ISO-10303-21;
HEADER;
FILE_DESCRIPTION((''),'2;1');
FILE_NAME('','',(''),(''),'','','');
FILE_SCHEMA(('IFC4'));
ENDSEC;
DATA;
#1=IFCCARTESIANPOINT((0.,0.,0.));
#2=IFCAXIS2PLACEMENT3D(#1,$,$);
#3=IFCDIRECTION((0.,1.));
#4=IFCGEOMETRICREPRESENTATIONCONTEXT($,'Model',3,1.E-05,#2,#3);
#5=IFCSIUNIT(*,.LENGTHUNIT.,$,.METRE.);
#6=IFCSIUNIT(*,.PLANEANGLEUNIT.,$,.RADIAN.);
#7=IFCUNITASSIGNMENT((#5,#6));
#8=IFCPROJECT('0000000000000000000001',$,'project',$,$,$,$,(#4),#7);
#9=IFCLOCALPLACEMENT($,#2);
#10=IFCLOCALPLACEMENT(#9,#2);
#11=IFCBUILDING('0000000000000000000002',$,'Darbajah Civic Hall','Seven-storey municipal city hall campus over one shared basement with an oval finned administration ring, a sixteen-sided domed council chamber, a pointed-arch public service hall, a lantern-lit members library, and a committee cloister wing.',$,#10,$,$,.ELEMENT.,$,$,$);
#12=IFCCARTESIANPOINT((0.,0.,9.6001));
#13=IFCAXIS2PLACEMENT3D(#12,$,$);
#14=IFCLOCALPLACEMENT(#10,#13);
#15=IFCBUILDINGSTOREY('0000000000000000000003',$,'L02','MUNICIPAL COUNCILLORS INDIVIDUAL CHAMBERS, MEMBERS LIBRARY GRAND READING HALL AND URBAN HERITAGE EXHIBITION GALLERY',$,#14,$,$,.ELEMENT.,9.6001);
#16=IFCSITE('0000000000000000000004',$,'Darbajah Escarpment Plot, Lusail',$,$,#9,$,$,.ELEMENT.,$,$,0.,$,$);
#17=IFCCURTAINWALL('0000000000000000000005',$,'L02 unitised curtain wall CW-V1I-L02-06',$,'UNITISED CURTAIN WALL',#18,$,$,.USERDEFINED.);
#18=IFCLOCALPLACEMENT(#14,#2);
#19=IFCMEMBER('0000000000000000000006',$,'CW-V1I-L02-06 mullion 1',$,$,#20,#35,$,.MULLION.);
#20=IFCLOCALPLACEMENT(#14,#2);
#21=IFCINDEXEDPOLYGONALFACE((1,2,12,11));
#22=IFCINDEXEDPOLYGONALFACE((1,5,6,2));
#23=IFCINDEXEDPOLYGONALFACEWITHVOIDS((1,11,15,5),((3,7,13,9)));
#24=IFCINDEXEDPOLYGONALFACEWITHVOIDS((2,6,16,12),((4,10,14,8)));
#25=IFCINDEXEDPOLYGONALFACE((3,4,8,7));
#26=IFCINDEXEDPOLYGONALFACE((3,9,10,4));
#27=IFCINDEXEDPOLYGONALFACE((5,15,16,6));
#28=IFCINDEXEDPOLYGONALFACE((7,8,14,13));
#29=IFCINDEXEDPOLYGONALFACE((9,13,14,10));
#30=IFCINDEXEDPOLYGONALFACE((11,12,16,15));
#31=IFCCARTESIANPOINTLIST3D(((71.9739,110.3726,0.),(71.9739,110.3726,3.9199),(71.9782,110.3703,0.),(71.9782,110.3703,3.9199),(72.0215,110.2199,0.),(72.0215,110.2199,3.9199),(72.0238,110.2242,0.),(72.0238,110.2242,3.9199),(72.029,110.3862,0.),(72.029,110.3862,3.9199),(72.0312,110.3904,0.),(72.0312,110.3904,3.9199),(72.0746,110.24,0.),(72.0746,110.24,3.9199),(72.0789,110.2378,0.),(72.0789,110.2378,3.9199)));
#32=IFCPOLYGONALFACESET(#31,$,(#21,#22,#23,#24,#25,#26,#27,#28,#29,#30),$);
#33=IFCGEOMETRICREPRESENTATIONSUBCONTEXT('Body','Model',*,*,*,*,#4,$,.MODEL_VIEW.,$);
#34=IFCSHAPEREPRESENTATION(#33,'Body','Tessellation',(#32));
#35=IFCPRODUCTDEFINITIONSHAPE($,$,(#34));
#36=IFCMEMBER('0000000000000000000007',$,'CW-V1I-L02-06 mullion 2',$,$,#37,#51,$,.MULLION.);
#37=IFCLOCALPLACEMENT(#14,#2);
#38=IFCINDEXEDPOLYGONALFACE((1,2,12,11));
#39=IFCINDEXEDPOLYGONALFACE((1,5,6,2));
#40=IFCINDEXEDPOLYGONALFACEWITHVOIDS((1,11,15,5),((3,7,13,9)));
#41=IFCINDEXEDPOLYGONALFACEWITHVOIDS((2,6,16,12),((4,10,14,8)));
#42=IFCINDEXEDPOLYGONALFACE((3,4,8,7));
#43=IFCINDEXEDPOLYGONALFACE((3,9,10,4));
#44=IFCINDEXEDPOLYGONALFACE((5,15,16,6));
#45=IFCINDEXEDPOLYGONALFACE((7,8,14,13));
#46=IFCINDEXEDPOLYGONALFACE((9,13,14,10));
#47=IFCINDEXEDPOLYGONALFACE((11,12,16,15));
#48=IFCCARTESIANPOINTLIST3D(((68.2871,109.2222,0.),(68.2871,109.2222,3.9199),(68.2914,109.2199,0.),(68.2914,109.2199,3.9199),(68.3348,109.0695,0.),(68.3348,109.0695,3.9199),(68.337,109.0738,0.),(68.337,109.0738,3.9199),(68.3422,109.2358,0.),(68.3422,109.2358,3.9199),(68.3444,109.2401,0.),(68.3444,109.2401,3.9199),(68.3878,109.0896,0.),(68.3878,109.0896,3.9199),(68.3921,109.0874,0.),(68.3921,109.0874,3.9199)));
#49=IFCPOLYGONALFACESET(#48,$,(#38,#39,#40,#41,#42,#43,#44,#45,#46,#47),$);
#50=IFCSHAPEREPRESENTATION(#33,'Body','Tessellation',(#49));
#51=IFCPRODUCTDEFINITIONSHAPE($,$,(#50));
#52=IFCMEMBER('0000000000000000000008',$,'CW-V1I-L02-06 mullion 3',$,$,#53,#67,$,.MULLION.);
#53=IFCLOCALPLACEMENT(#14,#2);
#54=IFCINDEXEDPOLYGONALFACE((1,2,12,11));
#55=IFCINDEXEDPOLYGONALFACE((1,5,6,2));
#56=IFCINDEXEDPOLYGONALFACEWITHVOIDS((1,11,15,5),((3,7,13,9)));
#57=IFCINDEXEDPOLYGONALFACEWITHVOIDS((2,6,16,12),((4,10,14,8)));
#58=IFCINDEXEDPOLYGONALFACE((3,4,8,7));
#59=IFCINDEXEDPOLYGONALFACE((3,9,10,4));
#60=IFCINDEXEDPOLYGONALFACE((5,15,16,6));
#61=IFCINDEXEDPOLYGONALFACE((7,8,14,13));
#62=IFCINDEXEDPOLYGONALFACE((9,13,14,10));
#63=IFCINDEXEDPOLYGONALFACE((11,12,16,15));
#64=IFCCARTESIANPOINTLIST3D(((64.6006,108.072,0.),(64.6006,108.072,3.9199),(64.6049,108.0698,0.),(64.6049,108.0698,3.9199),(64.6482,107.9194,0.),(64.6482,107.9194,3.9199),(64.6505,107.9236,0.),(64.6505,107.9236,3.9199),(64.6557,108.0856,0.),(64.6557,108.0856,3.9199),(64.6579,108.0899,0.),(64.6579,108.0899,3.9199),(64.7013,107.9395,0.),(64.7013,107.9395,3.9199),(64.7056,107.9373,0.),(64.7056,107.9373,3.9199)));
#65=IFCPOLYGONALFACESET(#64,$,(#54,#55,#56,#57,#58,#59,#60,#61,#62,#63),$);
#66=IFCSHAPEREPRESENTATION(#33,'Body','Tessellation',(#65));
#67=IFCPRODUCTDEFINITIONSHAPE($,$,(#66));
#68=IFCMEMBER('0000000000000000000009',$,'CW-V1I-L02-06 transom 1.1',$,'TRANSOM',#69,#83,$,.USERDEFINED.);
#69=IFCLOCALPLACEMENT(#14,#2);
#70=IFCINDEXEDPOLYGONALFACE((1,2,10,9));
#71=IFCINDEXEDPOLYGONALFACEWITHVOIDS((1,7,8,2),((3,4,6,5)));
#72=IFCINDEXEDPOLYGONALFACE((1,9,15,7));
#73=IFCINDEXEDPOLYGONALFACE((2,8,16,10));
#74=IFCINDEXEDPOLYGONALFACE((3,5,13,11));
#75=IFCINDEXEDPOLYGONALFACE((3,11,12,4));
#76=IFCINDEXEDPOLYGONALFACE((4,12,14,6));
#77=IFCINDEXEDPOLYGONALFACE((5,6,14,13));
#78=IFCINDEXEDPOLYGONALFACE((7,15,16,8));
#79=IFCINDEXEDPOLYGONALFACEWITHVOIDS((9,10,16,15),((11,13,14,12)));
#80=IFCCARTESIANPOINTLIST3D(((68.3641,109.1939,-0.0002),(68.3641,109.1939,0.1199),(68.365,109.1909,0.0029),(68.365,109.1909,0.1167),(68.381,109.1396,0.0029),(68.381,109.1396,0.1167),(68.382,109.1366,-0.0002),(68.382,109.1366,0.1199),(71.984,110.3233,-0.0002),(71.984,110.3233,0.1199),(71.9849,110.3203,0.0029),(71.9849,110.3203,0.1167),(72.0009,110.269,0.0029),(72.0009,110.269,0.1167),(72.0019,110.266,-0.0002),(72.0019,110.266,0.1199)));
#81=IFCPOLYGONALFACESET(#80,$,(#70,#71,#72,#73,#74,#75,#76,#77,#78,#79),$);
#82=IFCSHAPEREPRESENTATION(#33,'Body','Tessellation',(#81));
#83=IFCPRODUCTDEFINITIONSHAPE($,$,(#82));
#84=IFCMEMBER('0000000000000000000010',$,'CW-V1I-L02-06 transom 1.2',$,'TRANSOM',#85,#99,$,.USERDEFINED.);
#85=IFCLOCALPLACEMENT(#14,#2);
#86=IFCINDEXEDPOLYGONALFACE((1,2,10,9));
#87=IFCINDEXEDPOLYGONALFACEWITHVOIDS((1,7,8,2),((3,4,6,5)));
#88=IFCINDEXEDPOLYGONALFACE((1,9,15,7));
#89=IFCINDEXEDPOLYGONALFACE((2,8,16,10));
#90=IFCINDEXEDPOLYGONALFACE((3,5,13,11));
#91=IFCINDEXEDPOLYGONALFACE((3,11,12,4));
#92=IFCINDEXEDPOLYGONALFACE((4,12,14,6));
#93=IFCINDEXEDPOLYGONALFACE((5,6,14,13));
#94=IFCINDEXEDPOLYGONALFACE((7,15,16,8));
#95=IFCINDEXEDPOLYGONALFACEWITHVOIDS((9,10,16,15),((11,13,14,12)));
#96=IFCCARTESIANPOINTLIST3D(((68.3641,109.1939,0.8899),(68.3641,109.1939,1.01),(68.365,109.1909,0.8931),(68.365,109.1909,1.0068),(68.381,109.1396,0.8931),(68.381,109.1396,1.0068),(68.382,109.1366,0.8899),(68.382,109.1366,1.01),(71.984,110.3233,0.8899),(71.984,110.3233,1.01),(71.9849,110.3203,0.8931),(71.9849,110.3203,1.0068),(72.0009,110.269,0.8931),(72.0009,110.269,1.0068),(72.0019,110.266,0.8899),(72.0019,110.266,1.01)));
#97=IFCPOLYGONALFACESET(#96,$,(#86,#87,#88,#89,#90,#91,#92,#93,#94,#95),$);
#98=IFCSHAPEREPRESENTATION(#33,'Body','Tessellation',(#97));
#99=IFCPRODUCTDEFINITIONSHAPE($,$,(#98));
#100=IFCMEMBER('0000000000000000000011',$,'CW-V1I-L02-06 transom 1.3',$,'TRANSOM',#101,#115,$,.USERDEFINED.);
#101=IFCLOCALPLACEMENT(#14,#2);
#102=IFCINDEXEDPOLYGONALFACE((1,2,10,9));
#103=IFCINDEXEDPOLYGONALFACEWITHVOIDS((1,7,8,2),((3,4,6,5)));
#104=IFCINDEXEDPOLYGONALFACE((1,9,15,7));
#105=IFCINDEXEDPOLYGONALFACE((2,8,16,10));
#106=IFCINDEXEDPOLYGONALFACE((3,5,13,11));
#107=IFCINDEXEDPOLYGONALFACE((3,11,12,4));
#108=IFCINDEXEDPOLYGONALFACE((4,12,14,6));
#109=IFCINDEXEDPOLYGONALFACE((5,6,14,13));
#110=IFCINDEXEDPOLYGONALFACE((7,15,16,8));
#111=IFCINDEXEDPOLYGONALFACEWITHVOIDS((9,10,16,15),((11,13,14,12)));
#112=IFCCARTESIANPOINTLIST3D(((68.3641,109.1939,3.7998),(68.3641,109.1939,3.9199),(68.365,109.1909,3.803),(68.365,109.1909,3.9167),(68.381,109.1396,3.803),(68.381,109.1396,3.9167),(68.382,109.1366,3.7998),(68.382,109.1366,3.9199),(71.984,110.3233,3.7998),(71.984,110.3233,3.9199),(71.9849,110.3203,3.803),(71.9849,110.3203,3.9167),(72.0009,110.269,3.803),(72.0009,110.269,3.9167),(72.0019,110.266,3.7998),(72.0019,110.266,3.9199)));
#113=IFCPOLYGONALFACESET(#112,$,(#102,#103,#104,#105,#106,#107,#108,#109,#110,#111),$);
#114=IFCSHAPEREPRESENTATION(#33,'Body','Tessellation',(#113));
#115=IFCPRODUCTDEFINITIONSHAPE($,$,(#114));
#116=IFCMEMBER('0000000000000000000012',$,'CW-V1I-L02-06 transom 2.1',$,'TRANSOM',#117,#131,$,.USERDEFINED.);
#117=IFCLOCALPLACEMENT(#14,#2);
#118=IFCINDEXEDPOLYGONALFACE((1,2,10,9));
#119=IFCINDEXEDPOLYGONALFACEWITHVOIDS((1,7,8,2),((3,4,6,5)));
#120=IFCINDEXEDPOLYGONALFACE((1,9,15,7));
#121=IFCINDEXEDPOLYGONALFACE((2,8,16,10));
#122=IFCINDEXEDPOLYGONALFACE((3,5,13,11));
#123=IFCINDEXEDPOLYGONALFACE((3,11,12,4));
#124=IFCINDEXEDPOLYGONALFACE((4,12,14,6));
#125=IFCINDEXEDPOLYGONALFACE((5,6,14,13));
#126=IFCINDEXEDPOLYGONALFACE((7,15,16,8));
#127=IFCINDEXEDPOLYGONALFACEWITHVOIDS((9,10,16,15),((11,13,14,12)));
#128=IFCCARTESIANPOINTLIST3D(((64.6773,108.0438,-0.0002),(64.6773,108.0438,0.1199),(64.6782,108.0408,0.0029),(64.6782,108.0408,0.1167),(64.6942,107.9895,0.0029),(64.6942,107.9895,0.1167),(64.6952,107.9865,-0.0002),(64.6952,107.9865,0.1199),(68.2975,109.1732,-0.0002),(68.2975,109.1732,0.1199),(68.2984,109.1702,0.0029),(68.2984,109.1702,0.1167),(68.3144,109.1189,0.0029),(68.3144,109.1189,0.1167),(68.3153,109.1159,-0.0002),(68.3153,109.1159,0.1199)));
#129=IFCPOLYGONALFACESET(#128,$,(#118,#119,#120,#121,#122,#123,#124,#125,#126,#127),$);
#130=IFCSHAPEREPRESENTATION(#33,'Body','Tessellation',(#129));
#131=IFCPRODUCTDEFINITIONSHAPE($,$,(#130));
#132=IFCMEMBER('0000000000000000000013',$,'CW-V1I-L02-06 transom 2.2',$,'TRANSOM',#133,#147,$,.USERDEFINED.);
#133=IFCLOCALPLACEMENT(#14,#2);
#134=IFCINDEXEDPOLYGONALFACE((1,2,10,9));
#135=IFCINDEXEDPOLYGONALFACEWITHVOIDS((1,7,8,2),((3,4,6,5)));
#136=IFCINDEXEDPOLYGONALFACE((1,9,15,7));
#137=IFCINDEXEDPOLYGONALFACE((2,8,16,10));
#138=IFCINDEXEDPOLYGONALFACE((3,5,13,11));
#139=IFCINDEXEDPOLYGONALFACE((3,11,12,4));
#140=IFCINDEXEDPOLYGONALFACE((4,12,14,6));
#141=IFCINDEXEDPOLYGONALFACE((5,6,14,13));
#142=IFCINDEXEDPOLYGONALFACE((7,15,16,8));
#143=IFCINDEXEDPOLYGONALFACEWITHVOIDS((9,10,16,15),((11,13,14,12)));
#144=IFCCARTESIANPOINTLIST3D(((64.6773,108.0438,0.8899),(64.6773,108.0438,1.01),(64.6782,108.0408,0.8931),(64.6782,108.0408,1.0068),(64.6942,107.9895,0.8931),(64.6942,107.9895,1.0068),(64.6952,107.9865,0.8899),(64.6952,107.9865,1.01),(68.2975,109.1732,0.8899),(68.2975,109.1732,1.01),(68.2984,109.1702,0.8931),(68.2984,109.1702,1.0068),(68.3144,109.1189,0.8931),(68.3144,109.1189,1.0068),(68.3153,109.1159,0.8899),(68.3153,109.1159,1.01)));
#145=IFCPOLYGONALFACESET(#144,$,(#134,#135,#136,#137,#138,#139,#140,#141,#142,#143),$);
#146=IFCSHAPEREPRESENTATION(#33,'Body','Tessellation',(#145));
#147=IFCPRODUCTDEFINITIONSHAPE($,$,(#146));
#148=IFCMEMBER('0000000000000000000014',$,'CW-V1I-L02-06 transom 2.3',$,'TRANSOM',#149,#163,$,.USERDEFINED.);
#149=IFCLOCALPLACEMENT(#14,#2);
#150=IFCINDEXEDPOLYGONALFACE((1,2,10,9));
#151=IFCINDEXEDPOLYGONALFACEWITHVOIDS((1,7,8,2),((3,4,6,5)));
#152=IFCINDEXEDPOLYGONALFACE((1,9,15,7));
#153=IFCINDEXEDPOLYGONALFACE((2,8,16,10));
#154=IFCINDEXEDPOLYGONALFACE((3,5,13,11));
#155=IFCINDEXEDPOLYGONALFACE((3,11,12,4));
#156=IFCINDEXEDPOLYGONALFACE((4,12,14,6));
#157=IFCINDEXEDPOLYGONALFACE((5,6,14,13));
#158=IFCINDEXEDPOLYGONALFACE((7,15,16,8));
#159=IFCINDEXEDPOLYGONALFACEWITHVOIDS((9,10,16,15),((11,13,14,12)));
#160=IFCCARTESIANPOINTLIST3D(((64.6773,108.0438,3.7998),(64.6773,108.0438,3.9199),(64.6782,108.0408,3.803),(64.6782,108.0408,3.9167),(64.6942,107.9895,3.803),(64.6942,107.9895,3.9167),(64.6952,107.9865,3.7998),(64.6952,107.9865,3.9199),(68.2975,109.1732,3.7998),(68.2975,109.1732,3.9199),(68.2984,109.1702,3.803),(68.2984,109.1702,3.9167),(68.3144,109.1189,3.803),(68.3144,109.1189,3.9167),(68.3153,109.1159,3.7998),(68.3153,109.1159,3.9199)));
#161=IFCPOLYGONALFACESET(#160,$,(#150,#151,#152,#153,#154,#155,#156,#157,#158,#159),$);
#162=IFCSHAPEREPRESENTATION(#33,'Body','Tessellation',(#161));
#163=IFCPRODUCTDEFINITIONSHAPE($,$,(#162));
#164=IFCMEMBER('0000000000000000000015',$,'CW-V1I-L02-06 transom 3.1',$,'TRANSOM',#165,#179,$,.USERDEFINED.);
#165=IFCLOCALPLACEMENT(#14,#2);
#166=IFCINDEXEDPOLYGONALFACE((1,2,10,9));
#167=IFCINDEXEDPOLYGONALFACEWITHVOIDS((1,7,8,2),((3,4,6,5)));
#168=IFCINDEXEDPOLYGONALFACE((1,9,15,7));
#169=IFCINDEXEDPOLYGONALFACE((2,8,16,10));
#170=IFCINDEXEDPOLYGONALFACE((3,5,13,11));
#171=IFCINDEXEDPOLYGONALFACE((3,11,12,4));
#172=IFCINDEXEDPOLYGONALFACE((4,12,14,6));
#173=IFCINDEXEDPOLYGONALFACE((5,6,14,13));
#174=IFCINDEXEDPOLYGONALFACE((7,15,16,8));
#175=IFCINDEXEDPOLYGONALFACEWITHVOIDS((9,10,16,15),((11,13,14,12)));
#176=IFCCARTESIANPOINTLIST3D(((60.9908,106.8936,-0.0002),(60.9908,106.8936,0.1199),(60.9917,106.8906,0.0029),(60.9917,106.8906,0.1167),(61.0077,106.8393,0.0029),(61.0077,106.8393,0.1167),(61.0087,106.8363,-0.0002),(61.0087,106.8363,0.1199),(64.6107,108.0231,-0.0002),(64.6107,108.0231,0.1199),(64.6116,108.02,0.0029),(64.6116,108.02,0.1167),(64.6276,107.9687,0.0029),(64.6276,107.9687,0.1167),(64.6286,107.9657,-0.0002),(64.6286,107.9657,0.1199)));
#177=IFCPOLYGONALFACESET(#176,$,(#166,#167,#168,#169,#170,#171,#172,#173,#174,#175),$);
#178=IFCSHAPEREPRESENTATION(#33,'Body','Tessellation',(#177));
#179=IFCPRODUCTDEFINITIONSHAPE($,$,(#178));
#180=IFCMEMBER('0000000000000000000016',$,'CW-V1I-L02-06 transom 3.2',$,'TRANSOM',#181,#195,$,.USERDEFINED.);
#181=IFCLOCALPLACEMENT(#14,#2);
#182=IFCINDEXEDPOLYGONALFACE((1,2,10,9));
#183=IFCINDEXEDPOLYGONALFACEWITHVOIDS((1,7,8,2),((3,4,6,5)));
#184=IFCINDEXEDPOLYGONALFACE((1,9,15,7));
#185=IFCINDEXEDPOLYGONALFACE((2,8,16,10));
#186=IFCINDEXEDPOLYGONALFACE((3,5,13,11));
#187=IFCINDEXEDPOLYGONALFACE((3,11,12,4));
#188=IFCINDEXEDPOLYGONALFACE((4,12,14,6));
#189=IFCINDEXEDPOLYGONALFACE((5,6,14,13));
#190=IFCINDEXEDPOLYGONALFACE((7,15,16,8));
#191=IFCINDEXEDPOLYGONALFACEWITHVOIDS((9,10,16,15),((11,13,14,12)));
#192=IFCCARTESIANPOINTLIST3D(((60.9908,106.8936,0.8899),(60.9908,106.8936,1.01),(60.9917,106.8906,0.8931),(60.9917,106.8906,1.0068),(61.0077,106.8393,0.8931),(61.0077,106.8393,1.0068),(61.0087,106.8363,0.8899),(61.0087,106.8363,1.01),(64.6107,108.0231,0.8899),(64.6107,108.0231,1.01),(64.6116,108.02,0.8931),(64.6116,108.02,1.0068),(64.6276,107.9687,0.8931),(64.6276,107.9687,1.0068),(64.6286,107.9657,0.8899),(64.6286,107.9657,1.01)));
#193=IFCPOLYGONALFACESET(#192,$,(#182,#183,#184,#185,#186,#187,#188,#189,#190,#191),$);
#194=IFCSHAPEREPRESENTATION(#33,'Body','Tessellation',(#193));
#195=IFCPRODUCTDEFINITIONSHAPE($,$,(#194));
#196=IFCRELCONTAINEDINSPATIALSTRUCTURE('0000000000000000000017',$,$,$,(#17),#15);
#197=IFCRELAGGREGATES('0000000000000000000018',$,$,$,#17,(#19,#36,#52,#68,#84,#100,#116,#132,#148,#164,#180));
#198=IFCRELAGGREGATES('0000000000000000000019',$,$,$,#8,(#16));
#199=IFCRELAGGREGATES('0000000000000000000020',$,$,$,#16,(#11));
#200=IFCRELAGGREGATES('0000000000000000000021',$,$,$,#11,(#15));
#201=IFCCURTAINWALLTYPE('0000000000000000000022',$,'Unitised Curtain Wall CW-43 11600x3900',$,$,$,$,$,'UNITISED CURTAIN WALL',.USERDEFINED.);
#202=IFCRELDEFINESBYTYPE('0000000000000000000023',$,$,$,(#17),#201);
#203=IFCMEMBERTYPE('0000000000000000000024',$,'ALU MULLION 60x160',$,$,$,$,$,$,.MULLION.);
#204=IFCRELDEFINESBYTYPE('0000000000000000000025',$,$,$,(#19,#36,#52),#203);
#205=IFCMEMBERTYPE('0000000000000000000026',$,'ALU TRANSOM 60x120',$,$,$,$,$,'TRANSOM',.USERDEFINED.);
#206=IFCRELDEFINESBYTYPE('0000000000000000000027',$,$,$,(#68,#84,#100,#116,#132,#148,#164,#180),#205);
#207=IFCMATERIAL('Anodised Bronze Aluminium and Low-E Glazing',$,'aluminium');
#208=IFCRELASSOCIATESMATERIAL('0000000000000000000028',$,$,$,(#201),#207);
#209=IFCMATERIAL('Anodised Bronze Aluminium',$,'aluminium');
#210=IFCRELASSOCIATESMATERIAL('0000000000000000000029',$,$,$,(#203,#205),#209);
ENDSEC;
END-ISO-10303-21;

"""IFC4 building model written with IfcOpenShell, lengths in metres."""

from ifc_helpers import new_model, si_unit, direction, frame, origin, origin_2d, place, context, subcontext, project, spatial, hollow_rectangle, extrude, material, material_profile, profile_set, type_object, element, aggregate, save


model = new_model("IFC4")

# Units and contexts
model_context = context("Model", 3, precision=1e-05, world=origin(), true_north=direction((0.0, 1.0)))
body_context = subcontext(model_context, "Body", "Model", "MODEL_VIEW")
ifc_project = project(units=[si_unit("LENGTHUNIT", "METRE"), si_unit("PLANEANGLEUNIT", "RADIAN")], contexts=[model_context])

# Site, building, storey
site_placement = place(None, origin())
site = spatial("IfcSite", under=ifc_project, at=site_placement, Name="Darbajah Escarpment Plot, Lusail", CompositionType="ELEMENT", RefElevation=0.0)
building_placement = place(site_placement, origin())
building = spatial("IfcBuilding", under=site, at=building_placement, Name="Darbajah Civic Hall", Description="Seven-storey municipal city hall campus over one shared basement with an oval finned administration ring, a sixteen-sided domed council chamber, a pointed-arch public service hall, a lantern-lit members library, and a committee cloister wing.", CompositionType="ELEMENT")
storey_placement = place(building_placement, frame((0.0, 0.0, 9.6001)))
storey = spatial("IfcBuildingStorey", under=building, at=storey_placement, Name="L02", Description="MUNICIPAL COUNCILLORS INDIVIDUAL CHAMBERS, MEMBERS LIBRARY GRAND READING HALL AND URBAN HERITAGE EXHIBITION GALLERY", CompositionType="ELEMENT", Elevation=9.6001)

# Curtain wall, members
ifc_material_1 = material(Name="Anodised Bronze Aluminium and Low-E Glazing", Category="aluminium")
curtain_wall_type = type_object("IfcCurtainWallType", Name="Unitised Curtain Wall CW-43 11600x3900", ElementType="UNITISED CURTAIN WALL", PredefinedType="USERDEFINED", material=ifc_material_1)
curtain_wall_placement = place(storey_placement, origin())
curtain_wall = element("IfcCurtainWall", 1, at=curtain_wall_placement, inside=storey, type_object=curtain_wall_type, Name="L02 unitised curtain wall CW-V1I-L02-06", ObjectType="UNITISED CURTAIN WALL", PredefinedType="USERDEFINED")
ifc_material_2 = material(Name="Anodised Bronze Aluminium", Category="aluminium")
ifc_material_profile_1 = material_profile(ifc_material_2, hollow_rectangle(XDim=0.0601, YDim=0.1599, WallThickness=0.0034, at=origin_2d()), Name="ALU MULLION 60x160")
ifc_profile_set_1 = profile_set([ifc_material_profile_1], Name="Anodised Bronze Aluminium")
member_type_1 = type_object("IfcMemberType", Name="ALU MULLION 60x160", PredefinedType="MULLION", material=ifc_profile_set_1)
member_1_placement = place(storey_placement, frame((72.0264, 110.3052, 0.0), z_axis=(0.0, 0.0, 1.0), x_axis=(-0.954605, -0.297875, 0.0)))
member_1 = element("IfcMember", 2, at=member_1_placement, type_object=member_type_1, Name="CW-V1I-L02-06 mullion 1", PredefinedType="MULLION", context=body_context, shape_type="SweptSolid", body=[
    extrude(hollow_rectangle(XDim=0.0601, YDim=0.1599, WallThickness=0.0034, at=origin_2d()), origin(), (0.0, 0.0, 1.0), 3.9199),
])
member_2_placement = place(storey_placement, frame((68.3396, 109.1548, 0.0), z_axis=(0.0, 0.0, 1.0), x_axis=(-0.954605, -0.297875, 0.0)))
member_2 = element("IfcMember", 3, at=member_2_placement, type_object=member_type_1, Name="CW-V1I-L02-06 mullion 2", PredefinedType="MULLION", context=body_context, shape_type="SweptSolid", body=[
    extrude(hollow_rectangle(XDim=0.0601, YDim=0.1599, WallThickness=0.0034, at=origin_2d()), origin(), (0.0, 0.0, 1.0), 3.9199),
])
member_3_placement = place(storey_placement, frame((64.6531, 108.0046, 0.0), z_axis=(0.0, 0.0, 1.0), x_axis=(-0.954605, -0.297875, 0.0)))
member_3 = element("IfcMember", 4, at=member_3_placement, type_object=member_type_1, Name="CW-V1I-L02-06 mullion 3", PredefinedType="MULLION", context=body_context, shape_type="SweptSolid", body=[
    extrude(hollow_rectangle(XDim=0.0601, YDim=0.1599, WallThickness=0.0034, at=origin_2d()), origin(), (0.0, 0.0, 1.0), 3.9199),
])
ifc_material_profile_2 = material_profile(ifc_material_2, hollow_rectangle(XDim=0.0601, YDim=0.1201, WallThickness=0.0032, at=origin_2d()), Name="ALU TRANSOM 60x120")
ifc_profile_set_2 = profile_set([ifc_material_profile_2], Name="Anodised Bronze Aluminium")
member_type_2 = type_object("IfcMemberType", Name="ALU TRANSOM 60x120", ElementType="TRANSOM", PredefinedType="USERDEFINED", material=ifc_profile_set_2)
member_4_placement = place(storey_placement, frame((71.9929, 110.2947, 0.0598), z_axis=(-0.954616, -0.297839, 0.0), x_axis=(0.297839, -0.954616, 0.0)))
member_4 = element("IfcMember", 5, at=member_4_placement, type_object=member_type_2, Name="CW-V1I-L02-06 transom 1.1", ObjectType="TRANSOM", PredefinedType="USERDEFINED", context=body_context, shape_type="SweptSolid", body=[
    extrude(hollow_rectangle(XDim=0.0601, YDim=0.1201, WallThickness=0.0032, at=origin_2d()), origin(), (0.0, 0.0, 1.0), 3.792),
])
member_5_placement = place(storey_placement, frame((71.9929, 110.2947, 0.95), z_axis=(-0.954616, -0.297839, 0.0), x_axis=(0.297839, -0.954616, 0.0)))
member_5 = element("IfcMember", 6, at=member_5_placement, type_object=member_type_2, Name="CW-V1I-L02-06 transom 1.2", ObjectType="TRANSOM", PredefinedType="USERDEFINED", context=body_context, shape_type="SweptSolid", body=[
    extrude(hollow_rectangle(XDim=0.0601, YDim=0.1201, WallThickness=0.0032, at=origin_2d()), origin(), (0.0, 0.0, 1.0), 3.792),
])
member_6_placement = place(storey_placement, frame((71.9929, 110.2947, 3.8599), z_axis=(-0.954616, -0.297839, 0.0), x_axis=(0.297839, -0.954616, 0.0)))
member_6 = element("IfcMember", 7, at=member_6_placement, type_object=member_type_2, Name="CW-V1I-L02-06 transom 1.3", ObjectType="TRANSOM", PredefinedType="USERDEFINED", context=body_context, shape_type="SweptSolid", body=[
    extrude(hollow_rectangle(XDim=0.0601, YDim=0.1201, WallThickness=0.0032, at=origin_2d()), origin(), (0.0, 0.0, 1.0), 3.792),
])
member_7_placement = place(storey_placement, frame((68.3064, 109.1445, 0.0598), z_axis=(-0.954622, -0.29782, 0.0), x_axis=(0.29782, -0.954622, 0.0)))
member_7 = element("IfcMember", 8, at=member_7_placement, type_object=member_type_2, Name="CW-V1I-L02-06 transom 2.1", ObjectType="TRANSOM", PredefinedType="USERDEFINED", context=body_context, shape_type="SweptSolid", body=[
    extrude(hollow_rectangle(XDim=0.0601, YDim=0.1201, WallThickness=0.0032, at=origin_2d()), origin(), (0.0, 0.0, 1.0), 3.7922),
])
member_8_placement = place(storey_placement, frame((68.3064, 109.1445, 0.95), z_axis=(-0.954622, -0.29782, 0.0), x_axis=(0.29782, -0.954622, 0.0)))
member_8 = element("IfcMember", 9, at=member_8_placement, type_object=member_type_2, Name="CW-V1I-L02-06 transom 2.2", ObjectType="TRANSOM", PredefinedType="USERDEFINED", context=body_context, shape_type="SweptSolid", body=[
    extrude(hollow_rectangle(XDim=0.0601, YDim=0.1201, WallThickness=0.0032, at=origin_2d()), origin(), (0.0, 0.0, 1.0), 3.7922),
])
member_9_placement = place(storey_placement, frame((68.3064, 109.1445, 3.8599), z_axis=(-0.954622, -0.29782, 0.0), x_axis=(0.29782, -0.954622, 0.0)))
member_9 = element("IfcMember", 10, at=member_9_placement, type_object=member_type_2, Name="CW-V1I-L02-06 transom 2.3", ObjectType="TRANSOM", PredefinedType="USERDEFINED", context=body_context, shape_type="SweptSolid", body=[
    extrude(hollow_rectangle(XDim=0.0601, YDim=0.1201, WallThickness=0.0032, at=origin_2d()), origin(), (0.0, 0.0, 1.0), 3.7922),
])
member_10_placement = place(storey_placement, frame((64.6196, 107.9944, 0.0598), z_axis=(-0.954616, -0.297839, 0.0), x_axis=(0.297839, -0.954616, 0.0)))
member_10 = element("IfcMember", 11, at=member_10_placement, type_object=member_type_2, Name="CW-V1I-L02-06 transom 3.1", ObjectType="TRANSOM", PredefinedType="USERDEFINED", context=body_context, shape_type="SweptSolid", body=[
    extrude(hollow_rectangle(XDim=0.0601, YDim=0.1201, WallThickness=0.0032, at=origin_2d()), origin(), (0.0, 0.0, 1.0), 3.792),
])
member_11_placement = place(storey_placement, frame((64.6196, 107.9944, 0.95), z_axis=(-0.954616, -0.297839, 0.0), x_axis=(0.297839, -0.954616, 0.0)))
member_11 = element("IfcMember", 12, at=member_11_placement, type_object=member_type_2, Name="CW-V1I-L02-06 transom 3.2", ObjectType="TRANSOM", PredefinedType="USERDEFINED", context=body_context, shape_type="SweptSolid", body=[
    extrude(hollow_rectangle(XDim=0.0601, YDim=0.1201, WallThickness=0.0032, at=origin_2d()), origin(), (0.0, 0.0, 1.0), 3.792),
])

aggregate(curtain_wall, [member_1, member_2, member_3, member_4, member_5, member_6, member_7, member_8, member_9, member_10, member_11])

save(model, "model.ifc")
